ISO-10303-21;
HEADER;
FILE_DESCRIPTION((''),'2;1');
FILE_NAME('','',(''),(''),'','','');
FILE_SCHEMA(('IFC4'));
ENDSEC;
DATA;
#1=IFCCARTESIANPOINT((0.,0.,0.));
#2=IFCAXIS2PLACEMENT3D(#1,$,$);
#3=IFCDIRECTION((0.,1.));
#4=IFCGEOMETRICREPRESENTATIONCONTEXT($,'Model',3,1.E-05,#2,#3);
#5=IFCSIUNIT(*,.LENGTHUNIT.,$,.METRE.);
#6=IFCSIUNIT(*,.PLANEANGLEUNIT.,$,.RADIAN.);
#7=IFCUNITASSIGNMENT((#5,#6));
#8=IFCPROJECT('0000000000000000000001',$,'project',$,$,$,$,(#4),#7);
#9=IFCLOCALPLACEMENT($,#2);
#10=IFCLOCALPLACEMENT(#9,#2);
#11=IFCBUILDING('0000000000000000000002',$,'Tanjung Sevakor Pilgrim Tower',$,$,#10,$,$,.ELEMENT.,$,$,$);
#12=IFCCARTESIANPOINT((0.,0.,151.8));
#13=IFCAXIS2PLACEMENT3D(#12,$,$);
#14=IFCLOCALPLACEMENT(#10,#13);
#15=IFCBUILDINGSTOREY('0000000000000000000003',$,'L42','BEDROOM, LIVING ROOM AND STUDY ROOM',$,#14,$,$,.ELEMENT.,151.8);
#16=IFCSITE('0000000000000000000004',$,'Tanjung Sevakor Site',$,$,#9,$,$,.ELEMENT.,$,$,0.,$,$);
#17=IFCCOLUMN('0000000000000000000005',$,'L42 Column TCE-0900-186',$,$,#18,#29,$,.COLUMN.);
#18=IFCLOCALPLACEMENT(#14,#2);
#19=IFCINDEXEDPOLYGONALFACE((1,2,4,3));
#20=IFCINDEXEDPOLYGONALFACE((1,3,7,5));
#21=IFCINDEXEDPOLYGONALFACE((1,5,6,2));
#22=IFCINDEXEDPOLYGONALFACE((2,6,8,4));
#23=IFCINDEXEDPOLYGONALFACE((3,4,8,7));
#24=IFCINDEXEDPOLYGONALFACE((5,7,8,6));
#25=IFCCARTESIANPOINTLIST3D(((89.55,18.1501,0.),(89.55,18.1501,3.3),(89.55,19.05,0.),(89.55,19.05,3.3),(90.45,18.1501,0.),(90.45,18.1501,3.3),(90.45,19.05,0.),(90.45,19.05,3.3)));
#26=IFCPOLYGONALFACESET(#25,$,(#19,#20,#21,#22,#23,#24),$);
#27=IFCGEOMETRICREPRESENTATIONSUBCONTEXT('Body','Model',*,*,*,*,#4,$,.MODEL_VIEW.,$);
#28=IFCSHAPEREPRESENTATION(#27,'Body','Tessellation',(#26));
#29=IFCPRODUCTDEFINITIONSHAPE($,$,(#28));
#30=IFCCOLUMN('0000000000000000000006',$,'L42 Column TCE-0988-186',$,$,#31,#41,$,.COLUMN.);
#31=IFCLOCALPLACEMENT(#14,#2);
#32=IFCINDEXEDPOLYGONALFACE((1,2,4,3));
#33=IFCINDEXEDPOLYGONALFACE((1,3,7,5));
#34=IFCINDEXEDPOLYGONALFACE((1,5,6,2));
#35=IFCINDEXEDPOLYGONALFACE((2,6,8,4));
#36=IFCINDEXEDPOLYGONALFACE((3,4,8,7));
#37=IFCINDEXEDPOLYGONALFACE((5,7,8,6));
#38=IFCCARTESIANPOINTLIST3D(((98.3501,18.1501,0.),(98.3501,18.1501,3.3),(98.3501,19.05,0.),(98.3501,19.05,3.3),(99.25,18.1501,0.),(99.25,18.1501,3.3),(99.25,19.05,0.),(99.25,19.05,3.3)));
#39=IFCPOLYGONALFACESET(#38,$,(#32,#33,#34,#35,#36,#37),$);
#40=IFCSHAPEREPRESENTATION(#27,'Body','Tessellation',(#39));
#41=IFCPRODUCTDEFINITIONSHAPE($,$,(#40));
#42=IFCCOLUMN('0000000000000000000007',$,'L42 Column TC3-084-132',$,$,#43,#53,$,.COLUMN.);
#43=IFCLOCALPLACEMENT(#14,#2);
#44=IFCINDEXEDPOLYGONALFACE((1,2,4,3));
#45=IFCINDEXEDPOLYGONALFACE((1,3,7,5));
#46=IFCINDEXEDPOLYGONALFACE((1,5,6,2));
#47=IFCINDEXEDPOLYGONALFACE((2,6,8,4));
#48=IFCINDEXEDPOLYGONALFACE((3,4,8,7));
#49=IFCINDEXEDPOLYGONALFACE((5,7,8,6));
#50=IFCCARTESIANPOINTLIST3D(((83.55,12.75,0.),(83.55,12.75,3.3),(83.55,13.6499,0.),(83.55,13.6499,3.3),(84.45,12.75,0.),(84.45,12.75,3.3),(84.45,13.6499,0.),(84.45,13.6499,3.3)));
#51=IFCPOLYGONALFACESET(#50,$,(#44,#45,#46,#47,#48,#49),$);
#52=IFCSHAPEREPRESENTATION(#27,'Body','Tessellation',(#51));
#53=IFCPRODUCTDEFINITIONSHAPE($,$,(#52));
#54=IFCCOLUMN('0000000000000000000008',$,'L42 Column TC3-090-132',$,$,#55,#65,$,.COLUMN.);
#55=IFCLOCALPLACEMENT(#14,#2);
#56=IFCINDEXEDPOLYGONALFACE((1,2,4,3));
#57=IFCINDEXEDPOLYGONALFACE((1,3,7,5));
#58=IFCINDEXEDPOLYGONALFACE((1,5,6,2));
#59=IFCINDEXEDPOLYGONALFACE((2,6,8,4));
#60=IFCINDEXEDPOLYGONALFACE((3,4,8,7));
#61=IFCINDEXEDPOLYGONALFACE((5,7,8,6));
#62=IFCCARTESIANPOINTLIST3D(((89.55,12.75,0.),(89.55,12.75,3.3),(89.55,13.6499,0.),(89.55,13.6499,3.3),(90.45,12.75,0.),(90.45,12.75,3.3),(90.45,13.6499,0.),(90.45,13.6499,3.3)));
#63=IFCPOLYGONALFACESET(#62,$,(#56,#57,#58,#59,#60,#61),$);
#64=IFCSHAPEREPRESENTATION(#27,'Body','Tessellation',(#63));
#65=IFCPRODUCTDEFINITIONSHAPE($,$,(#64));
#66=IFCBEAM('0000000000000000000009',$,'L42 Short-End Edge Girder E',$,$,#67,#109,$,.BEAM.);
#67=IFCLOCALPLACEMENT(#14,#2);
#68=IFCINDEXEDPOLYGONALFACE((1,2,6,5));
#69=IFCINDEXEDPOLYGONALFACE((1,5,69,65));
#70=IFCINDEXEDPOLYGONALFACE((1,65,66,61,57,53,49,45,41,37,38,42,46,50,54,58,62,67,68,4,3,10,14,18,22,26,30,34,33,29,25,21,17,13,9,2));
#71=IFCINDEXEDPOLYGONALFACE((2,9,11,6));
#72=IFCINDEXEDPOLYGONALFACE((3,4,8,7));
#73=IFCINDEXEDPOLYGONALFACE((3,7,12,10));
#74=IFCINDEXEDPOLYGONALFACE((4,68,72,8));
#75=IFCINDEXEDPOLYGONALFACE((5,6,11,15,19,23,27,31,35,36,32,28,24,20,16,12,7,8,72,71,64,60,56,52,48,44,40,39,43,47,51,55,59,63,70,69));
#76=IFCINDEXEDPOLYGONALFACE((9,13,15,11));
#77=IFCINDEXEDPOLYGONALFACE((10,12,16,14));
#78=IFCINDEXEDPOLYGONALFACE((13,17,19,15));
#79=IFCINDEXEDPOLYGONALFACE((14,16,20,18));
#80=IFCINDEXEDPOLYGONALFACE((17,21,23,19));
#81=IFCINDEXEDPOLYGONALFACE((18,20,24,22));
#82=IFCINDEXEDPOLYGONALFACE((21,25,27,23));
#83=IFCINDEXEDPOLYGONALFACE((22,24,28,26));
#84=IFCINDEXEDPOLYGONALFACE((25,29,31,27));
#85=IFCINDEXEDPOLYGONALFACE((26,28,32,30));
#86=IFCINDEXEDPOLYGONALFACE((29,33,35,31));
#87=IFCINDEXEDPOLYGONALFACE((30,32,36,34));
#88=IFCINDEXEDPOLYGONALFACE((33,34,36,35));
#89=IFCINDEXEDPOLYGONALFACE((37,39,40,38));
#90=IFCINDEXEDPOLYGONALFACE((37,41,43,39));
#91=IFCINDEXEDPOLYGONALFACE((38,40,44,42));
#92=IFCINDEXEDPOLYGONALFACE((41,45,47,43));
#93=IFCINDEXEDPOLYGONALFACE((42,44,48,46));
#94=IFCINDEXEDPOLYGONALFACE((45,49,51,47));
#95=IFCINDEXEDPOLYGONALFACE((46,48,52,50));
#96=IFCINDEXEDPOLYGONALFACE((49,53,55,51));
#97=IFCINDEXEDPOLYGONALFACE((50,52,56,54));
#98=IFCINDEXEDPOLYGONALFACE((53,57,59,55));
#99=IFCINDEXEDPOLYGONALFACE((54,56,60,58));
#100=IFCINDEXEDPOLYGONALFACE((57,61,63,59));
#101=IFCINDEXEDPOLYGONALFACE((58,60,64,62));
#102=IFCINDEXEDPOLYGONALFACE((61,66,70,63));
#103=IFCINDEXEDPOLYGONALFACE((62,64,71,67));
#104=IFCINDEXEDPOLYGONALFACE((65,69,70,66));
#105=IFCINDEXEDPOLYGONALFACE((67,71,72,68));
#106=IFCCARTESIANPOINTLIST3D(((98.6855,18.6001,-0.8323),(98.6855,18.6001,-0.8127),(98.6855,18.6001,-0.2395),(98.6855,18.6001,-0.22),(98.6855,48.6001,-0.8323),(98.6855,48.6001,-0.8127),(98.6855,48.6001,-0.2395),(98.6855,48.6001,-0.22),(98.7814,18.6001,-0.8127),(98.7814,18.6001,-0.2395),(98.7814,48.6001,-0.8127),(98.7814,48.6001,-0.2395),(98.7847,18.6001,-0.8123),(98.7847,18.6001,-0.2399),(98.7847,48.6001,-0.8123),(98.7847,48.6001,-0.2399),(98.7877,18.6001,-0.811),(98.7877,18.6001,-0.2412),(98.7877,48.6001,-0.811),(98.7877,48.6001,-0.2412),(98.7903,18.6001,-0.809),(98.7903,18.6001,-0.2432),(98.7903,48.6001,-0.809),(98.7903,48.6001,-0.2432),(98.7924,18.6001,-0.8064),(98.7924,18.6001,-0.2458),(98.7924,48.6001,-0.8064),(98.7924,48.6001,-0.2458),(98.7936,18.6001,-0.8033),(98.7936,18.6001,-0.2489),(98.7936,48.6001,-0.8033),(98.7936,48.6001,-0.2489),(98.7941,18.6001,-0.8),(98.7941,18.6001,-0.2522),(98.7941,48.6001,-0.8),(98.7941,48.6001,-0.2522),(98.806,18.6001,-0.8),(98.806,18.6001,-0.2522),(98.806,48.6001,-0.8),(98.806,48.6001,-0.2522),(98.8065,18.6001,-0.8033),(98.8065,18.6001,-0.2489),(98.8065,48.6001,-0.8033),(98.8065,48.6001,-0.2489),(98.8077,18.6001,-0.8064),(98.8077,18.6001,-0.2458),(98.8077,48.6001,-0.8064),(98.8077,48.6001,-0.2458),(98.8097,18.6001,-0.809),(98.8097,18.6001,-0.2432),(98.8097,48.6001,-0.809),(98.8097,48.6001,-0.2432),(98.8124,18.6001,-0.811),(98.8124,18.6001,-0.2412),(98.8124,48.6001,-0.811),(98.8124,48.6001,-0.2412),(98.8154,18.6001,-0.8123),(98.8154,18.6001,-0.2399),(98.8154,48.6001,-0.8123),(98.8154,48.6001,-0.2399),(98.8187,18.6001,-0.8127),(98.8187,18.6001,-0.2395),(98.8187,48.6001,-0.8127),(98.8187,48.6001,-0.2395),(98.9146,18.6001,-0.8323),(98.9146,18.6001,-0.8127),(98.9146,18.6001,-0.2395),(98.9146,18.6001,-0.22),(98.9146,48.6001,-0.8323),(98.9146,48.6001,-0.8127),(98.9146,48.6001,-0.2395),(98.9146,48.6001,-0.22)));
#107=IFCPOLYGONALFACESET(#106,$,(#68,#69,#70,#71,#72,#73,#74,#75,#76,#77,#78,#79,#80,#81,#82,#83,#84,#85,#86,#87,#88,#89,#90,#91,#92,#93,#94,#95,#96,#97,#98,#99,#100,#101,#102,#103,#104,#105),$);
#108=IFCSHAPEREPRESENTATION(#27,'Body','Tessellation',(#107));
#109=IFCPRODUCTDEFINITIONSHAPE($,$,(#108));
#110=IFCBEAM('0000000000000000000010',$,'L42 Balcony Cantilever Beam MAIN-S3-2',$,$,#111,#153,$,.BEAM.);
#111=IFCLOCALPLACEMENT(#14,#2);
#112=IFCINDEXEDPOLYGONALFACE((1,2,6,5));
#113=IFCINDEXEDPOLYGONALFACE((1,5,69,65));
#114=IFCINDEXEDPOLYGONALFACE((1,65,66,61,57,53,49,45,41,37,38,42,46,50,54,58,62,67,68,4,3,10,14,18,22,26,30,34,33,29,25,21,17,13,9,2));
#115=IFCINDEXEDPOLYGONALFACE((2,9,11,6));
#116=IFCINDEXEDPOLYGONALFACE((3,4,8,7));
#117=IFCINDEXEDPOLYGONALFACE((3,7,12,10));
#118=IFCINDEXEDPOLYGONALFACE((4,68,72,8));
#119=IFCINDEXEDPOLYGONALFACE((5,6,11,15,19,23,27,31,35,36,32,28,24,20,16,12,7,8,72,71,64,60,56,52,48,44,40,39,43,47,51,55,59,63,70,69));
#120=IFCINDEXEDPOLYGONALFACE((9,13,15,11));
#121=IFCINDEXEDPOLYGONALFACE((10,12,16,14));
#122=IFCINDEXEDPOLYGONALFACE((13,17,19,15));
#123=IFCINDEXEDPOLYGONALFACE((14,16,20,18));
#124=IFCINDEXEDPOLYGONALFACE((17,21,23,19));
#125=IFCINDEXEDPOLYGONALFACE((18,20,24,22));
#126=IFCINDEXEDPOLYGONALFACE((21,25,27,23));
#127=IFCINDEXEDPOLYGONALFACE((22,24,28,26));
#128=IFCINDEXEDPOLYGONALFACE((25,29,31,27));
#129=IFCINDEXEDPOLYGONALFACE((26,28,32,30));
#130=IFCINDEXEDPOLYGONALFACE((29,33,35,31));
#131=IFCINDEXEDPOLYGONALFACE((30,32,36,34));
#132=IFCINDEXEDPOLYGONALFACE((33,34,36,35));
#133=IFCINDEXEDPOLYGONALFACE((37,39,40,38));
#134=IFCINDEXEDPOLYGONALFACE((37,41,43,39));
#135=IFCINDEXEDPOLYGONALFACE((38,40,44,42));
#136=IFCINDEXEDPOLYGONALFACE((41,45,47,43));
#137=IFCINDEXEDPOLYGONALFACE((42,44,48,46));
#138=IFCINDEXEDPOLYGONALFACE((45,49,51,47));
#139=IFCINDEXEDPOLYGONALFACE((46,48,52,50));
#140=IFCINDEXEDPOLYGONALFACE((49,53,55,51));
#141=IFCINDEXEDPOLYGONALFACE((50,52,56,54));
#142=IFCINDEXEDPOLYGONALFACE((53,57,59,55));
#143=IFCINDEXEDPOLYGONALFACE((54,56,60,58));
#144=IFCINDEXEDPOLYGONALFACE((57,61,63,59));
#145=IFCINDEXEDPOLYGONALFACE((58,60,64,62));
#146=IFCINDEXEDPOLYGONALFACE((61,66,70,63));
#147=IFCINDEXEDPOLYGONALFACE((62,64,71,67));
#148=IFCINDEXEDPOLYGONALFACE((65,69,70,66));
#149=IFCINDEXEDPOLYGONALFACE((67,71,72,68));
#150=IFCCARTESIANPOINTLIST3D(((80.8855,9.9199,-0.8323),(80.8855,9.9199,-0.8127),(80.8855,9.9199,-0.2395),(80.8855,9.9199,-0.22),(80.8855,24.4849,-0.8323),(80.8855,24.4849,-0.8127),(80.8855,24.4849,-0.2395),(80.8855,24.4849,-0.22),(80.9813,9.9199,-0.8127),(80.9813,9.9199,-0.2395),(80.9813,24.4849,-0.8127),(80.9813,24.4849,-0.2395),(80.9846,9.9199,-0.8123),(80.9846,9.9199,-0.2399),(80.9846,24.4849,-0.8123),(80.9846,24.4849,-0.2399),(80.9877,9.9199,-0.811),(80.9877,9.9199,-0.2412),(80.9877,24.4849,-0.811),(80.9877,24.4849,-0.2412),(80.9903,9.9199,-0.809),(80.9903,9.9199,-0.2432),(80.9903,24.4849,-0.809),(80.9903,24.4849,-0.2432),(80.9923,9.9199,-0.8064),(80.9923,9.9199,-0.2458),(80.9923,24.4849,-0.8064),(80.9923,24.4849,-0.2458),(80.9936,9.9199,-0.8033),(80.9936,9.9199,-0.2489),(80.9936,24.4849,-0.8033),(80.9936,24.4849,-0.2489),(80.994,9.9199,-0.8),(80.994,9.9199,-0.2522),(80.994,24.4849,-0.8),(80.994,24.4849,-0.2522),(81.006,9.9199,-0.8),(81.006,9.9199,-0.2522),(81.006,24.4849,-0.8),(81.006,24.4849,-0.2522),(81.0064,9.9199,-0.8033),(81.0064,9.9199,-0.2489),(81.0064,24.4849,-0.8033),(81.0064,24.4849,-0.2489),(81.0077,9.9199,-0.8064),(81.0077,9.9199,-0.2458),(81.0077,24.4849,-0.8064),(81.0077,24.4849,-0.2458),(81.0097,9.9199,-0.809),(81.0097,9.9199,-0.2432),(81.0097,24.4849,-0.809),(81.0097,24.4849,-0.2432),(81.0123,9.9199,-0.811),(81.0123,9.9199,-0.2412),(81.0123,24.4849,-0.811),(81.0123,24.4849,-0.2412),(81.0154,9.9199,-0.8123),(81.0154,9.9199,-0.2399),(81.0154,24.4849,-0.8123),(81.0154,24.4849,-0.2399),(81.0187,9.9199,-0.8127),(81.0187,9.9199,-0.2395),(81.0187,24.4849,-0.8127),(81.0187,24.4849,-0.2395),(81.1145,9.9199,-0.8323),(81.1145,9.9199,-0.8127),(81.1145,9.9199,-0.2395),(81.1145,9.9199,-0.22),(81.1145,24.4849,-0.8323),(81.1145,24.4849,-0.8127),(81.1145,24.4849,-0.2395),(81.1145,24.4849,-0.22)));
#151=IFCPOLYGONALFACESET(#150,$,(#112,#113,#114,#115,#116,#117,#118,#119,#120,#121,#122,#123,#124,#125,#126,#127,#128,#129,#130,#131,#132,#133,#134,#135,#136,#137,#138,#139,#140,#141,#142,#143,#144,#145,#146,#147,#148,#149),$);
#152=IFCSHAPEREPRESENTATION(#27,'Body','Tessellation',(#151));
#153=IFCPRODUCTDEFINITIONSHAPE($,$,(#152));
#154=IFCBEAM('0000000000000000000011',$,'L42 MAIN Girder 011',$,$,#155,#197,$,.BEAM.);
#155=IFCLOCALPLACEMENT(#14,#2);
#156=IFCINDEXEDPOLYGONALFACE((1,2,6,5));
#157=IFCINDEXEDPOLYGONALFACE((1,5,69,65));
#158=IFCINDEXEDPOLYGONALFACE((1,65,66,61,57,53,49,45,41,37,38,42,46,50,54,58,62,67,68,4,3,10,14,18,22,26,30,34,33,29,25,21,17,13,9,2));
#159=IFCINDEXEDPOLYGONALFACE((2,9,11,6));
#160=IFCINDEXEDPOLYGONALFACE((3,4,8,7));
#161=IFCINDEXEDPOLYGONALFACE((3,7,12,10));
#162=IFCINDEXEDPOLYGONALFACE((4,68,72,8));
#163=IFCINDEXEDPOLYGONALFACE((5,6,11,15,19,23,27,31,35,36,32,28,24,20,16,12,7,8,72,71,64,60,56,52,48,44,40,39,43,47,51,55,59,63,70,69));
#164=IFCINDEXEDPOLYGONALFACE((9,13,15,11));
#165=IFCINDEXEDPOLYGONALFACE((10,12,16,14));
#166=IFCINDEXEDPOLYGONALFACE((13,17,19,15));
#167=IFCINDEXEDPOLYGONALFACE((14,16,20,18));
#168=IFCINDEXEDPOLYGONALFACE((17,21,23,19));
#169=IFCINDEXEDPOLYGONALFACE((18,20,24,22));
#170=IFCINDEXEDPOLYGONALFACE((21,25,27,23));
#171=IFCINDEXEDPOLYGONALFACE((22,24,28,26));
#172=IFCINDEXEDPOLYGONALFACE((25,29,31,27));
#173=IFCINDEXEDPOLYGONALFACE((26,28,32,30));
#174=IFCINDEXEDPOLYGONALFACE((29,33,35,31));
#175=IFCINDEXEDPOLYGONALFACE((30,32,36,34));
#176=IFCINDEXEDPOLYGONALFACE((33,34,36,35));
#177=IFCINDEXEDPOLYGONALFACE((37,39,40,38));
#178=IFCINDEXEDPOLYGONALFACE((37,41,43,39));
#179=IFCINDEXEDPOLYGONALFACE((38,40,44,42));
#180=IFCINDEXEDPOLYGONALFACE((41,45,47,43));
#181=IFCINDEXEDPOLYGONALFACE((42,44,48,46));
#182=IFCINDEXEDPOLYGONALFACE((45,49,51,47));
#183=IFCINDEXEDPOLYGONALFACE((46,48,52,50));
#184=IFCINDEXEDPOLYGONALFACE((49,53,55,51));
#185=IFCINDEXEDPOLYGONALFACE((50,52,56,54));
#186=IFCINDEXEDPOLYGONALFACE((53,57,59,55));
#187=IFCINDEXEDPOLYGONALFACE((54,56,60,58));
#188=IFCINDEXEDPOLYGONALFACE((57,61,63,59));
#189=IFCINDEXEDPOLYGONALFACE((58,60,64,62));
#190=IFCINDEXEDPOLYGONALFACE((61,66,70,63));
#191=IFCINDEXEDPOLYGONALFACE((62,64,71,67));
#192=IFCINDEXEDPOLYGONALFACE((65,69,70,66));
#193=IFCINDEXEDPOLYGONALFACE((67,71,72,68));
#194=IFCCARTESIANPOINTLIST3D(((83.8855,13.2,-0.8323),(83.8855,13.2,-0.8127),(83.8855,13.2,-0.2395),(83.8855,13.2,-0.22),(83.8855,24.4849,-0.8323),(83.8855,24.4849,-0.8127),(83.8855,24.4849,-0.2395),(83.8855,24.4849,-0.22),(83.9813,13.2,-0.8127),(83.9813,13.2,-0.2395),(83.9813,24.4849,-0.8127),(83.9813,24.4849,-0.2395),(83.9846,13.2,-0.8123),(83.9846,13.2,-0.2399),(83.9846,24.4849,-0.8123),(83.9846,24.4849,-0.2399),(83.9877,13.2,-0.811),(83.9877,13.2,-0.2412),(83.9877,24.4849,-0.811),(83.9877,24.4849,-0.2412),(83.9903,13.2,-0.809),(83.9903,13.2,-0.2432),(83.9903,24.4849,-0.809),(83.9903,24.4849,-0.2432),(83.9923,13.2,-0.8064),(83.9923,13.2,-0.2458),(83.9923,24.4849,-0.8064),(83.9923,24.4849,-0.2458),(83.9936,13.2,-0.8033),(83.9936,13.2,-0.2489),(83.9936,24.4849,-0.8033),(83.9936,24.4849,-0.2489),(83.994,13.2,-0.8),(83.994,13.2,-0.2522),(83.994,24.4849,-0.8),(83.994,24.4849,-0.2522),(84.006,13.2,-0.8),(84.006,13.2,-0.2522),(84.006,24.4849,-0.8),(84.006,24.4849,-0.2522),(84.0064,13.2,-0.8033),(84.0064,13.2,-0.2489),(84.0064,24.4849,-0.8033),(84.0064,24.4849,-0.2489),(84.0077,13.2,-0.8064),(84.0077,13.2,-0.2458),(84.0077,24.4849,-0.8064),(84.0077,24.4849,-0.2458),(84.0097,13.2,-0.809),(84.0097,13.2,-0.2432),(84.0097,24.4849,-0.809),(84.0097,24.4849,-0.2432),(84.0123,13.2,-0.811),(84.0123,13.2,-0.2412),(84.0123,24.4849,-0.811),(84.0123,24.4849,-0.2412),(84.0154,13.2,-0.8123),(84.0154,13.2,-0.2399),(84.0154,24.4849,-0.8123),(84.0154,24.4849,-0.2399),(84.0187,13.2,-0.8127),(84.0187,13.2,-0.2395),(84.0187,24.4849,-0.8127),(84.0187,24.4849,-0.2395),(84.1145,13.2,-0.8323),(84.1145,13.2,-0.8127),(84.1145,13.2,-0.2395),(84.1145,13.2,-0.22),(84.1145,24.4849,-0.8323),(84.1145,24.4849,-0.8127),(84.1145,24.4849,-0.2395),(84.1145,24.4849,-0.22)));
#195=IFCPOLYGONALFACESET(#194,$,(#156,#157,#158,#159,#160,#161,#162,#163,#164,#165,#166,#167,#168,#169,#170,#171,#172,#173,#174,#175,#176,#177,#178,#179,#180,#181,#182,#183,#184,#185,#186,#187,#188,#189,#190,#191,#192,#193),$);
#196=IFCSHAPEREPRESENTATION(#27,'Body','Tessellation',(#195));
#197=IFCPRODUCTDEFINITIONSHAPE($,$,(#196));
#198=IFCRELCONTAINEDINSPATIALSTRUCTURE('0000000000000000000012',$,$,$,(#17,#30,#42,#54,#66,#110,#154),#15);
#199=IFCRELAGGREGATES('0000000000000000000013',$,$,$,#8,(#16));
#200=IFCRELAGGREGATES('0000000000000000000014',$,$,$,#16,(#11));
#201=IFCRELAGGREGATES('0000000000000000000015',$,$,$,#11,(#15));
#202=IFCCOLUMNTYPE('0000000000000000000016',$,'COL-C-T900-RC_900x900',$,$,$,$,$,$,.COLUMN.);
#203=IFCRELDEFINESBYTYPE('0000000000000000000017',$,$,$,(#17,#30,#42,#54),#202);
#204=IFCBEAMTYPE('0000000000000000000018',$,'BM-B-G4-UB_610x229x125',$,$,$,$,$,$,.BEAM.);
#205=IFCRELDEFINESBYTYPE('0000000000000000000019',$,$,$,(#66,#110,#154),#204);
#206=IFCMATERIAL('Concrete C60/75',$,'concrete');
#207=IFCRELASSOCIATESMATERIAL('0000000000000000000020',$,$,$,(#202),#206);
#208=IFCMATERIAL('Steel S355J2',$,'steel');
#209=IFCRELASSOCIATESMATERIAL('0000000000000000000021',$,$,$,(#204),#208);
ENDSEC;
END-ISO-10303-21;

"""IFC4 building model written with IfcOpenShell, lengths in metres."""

from ifc_helpers import new_model, si_unit, direction, frame, origin, origin_2d, place, context, subcontext, project, spatial, rectangle, i_section, extrude, material, material_profile, profile_set, type_object, element, save


model = new_model("IFC4")

# Units and contexts
model_context = context("Model", 3, precision=1e-05, world=origin(), true_north=direction((0.0, 1.0)))
body_context = subcontext(model_context, "Body", "Model", "MODEL_VIEW")
ifc_project = project(units=[si_unit("LENGTHUNIT", "METRE"), si_unit("PLANEANGLEUNIT", "RADIAN")], contexts=[model_context])

# Site, building, storey
site_placement = place(None, origin())
site = spatial("IfcSite", under=ifc_project, at=site_placement, Name="Tanjung Sevakor Site", CompositionType="ELEMENT", RefElevation=0.0)
building_placement = place(site_placement, origin())
building = spatial("IfcBuilding", under=site, at=building_placement, Name="Tanjung Sevakor Pilgrim Tower", CompositionType="ELEMENT")
storey_placement = place(building_placement, frame((0.0, 0.0, 151.8)))
storey = spatial("IfcBuildingStorey", under=building, at=storey_placement, Name="L42", Description="BEDROOM, LIVING ROOM AND STUDY ROOM", CompositionType="ELEMENT", Elevation=151.8)

# Columns
ifc_material_1 = material(Name="Concrete C60/75", Category="concrete")
ifc_material_profile_1 = material_profile(ifc_material_1, rectangle(XDim=0.8999, YDim=0.8999, at=origin_2d()))
ifc_profile_set_1 = profile_set([ifc_material_profile_1], Name="Concrete C60/75")
column_type = type_object("IfcColumnType", Name="COL-C-T900-RC_900x900", PredefinedType="COLUMN", material=ifc_profile_set_1)
for number, where, z_axis, x_axis, name in (
    (1, (90.0, 18.6001, 0.0), (0.0, 0.0, 1.0), (1.0, 0.0, 0.0), "L42 Column TCE-0900-186"),
    (2, (98.8, 18.6001, 0.0), (0.0, 0.0, 1.0), (1.0, 0.0, 0.0), "L42 Column TCE-0988-186"),
    (3, (84.0, 13.2, 0.0), (0.0, 0.0, 1.0), (1.0, 0.0, 0.0), "L42 Column TC3-084-132"),
    (4, (90.0, 13.2, 0.0), (0.0, 0.0, 1.0), (1.0, 0.0, 0.0), "L42 Column TC3-090-132"),
):
    element("IfcColumn", number, at=place(storey_placement, frame(where, z_axis=z_axis, x_axis=x_axis)), inside=storey, type_object=column_type, Name=name, PredefinedType="COLUMN", context=body_context, shape_type="SweptSolid", body=[
        extrude(rectangle(XDim=0.8999, YDim=0.8999, at=origin_2d()), origin(), (0.0, 0.0, 1.0), 3.3),
    ])

# Beams
ifc_material_2 = material(Name="Steel S355J2", Category="steel")
ifc_material_profile_2 = material_profile(ifc_material_2, i_section(OverallWidth=0.229, OverallDepth=0.6123, WebThickness=0.012, FlangeThickness=0.0195, FilletRadius=0.0127, at=origin_2d()))
ifc_profile_set_2 = profile_set([ifc_material_profile_2], Name="Steel S355J2")
beam_type_1 = type_object("IfcBeamType", Name="BM-B-G4-UB_610x229x125", PredefinedType="BEAM", material=ifc_profile_set_2)
beam_1_placement = place(storey_placement, frame((98.8, 18.6001, -0.5261), z_axis=(0.0, 1.0, 0.0), x_axis=(-1.0, 0.0, 0.0)))
element("IfcBeam", 5, at=beam_1_placement, inside=storey, type_object=beam_type_1, Name="L42 Short-End Edge Girder E", PredefinedType="BEAM", context=body_context, shape_type="SweptSolid", body=[
    extrude(i_section(OverallWidth=0.229, OverallDepth=0.6123, WebThickness=0.012, FlangeThickness=0.0195, FilletRadius=0.0127, at=origin_2d()), origin(), (0.0, 0.0, 1.0), 30.0),
])
beam_2_placement = place(storey_placement, frame((81.0, 24.4849, -0.5261), z_axis=(0.0, -1.0, 0.0), x_axis=(1.0, 0.0, 0.0)))
element("IfcBeam", 6, at=beam_2_placement, inside=storey, type_object=beam_type_1, Name="L42 Balcony Cantilever Beam MAIN-S3-2", PredefinedType="BEAM", context=body_context, shape_type="SweptSolid", body=[
    extrude(i_section(OverallWidth=0.229, OverallDepth=0.6123, WebThickness=0.012, FlangeThickness=0.0195, FilletRadius=0.0127, at=origin_2d()), origin(), (0.0, 0.0, 1.0), 14.5649),
])
for number, where, z_axis, x_axis, name in (
    (7, (84.0, 13.2, -0.5261), (0.0, 1.0, 0.0), (-1.0, 0.0, 0.0), "L42 MAIN Girder 011"),
):
    element("IfcBeam", number, at=place(storey_placement, frame(where, z_axis=z_axis, x_axis=x_axis)), inside=storey, type_object=beam_type_1, Name=name, PredefinedType="BEAM", context=body_context, shape_type="SweptSolid", body=[
        extrude(i_section(OverallWidth=0.229, OverallDepth=0.6123, WebThickness=0.012, FlangeThickness=0.0195, FilletRadius=0.0127, at=origin_2d()), origin(), (0.0, 0.0, 1.0), 11.2849),
    ])

save(model, "model.ifc")
